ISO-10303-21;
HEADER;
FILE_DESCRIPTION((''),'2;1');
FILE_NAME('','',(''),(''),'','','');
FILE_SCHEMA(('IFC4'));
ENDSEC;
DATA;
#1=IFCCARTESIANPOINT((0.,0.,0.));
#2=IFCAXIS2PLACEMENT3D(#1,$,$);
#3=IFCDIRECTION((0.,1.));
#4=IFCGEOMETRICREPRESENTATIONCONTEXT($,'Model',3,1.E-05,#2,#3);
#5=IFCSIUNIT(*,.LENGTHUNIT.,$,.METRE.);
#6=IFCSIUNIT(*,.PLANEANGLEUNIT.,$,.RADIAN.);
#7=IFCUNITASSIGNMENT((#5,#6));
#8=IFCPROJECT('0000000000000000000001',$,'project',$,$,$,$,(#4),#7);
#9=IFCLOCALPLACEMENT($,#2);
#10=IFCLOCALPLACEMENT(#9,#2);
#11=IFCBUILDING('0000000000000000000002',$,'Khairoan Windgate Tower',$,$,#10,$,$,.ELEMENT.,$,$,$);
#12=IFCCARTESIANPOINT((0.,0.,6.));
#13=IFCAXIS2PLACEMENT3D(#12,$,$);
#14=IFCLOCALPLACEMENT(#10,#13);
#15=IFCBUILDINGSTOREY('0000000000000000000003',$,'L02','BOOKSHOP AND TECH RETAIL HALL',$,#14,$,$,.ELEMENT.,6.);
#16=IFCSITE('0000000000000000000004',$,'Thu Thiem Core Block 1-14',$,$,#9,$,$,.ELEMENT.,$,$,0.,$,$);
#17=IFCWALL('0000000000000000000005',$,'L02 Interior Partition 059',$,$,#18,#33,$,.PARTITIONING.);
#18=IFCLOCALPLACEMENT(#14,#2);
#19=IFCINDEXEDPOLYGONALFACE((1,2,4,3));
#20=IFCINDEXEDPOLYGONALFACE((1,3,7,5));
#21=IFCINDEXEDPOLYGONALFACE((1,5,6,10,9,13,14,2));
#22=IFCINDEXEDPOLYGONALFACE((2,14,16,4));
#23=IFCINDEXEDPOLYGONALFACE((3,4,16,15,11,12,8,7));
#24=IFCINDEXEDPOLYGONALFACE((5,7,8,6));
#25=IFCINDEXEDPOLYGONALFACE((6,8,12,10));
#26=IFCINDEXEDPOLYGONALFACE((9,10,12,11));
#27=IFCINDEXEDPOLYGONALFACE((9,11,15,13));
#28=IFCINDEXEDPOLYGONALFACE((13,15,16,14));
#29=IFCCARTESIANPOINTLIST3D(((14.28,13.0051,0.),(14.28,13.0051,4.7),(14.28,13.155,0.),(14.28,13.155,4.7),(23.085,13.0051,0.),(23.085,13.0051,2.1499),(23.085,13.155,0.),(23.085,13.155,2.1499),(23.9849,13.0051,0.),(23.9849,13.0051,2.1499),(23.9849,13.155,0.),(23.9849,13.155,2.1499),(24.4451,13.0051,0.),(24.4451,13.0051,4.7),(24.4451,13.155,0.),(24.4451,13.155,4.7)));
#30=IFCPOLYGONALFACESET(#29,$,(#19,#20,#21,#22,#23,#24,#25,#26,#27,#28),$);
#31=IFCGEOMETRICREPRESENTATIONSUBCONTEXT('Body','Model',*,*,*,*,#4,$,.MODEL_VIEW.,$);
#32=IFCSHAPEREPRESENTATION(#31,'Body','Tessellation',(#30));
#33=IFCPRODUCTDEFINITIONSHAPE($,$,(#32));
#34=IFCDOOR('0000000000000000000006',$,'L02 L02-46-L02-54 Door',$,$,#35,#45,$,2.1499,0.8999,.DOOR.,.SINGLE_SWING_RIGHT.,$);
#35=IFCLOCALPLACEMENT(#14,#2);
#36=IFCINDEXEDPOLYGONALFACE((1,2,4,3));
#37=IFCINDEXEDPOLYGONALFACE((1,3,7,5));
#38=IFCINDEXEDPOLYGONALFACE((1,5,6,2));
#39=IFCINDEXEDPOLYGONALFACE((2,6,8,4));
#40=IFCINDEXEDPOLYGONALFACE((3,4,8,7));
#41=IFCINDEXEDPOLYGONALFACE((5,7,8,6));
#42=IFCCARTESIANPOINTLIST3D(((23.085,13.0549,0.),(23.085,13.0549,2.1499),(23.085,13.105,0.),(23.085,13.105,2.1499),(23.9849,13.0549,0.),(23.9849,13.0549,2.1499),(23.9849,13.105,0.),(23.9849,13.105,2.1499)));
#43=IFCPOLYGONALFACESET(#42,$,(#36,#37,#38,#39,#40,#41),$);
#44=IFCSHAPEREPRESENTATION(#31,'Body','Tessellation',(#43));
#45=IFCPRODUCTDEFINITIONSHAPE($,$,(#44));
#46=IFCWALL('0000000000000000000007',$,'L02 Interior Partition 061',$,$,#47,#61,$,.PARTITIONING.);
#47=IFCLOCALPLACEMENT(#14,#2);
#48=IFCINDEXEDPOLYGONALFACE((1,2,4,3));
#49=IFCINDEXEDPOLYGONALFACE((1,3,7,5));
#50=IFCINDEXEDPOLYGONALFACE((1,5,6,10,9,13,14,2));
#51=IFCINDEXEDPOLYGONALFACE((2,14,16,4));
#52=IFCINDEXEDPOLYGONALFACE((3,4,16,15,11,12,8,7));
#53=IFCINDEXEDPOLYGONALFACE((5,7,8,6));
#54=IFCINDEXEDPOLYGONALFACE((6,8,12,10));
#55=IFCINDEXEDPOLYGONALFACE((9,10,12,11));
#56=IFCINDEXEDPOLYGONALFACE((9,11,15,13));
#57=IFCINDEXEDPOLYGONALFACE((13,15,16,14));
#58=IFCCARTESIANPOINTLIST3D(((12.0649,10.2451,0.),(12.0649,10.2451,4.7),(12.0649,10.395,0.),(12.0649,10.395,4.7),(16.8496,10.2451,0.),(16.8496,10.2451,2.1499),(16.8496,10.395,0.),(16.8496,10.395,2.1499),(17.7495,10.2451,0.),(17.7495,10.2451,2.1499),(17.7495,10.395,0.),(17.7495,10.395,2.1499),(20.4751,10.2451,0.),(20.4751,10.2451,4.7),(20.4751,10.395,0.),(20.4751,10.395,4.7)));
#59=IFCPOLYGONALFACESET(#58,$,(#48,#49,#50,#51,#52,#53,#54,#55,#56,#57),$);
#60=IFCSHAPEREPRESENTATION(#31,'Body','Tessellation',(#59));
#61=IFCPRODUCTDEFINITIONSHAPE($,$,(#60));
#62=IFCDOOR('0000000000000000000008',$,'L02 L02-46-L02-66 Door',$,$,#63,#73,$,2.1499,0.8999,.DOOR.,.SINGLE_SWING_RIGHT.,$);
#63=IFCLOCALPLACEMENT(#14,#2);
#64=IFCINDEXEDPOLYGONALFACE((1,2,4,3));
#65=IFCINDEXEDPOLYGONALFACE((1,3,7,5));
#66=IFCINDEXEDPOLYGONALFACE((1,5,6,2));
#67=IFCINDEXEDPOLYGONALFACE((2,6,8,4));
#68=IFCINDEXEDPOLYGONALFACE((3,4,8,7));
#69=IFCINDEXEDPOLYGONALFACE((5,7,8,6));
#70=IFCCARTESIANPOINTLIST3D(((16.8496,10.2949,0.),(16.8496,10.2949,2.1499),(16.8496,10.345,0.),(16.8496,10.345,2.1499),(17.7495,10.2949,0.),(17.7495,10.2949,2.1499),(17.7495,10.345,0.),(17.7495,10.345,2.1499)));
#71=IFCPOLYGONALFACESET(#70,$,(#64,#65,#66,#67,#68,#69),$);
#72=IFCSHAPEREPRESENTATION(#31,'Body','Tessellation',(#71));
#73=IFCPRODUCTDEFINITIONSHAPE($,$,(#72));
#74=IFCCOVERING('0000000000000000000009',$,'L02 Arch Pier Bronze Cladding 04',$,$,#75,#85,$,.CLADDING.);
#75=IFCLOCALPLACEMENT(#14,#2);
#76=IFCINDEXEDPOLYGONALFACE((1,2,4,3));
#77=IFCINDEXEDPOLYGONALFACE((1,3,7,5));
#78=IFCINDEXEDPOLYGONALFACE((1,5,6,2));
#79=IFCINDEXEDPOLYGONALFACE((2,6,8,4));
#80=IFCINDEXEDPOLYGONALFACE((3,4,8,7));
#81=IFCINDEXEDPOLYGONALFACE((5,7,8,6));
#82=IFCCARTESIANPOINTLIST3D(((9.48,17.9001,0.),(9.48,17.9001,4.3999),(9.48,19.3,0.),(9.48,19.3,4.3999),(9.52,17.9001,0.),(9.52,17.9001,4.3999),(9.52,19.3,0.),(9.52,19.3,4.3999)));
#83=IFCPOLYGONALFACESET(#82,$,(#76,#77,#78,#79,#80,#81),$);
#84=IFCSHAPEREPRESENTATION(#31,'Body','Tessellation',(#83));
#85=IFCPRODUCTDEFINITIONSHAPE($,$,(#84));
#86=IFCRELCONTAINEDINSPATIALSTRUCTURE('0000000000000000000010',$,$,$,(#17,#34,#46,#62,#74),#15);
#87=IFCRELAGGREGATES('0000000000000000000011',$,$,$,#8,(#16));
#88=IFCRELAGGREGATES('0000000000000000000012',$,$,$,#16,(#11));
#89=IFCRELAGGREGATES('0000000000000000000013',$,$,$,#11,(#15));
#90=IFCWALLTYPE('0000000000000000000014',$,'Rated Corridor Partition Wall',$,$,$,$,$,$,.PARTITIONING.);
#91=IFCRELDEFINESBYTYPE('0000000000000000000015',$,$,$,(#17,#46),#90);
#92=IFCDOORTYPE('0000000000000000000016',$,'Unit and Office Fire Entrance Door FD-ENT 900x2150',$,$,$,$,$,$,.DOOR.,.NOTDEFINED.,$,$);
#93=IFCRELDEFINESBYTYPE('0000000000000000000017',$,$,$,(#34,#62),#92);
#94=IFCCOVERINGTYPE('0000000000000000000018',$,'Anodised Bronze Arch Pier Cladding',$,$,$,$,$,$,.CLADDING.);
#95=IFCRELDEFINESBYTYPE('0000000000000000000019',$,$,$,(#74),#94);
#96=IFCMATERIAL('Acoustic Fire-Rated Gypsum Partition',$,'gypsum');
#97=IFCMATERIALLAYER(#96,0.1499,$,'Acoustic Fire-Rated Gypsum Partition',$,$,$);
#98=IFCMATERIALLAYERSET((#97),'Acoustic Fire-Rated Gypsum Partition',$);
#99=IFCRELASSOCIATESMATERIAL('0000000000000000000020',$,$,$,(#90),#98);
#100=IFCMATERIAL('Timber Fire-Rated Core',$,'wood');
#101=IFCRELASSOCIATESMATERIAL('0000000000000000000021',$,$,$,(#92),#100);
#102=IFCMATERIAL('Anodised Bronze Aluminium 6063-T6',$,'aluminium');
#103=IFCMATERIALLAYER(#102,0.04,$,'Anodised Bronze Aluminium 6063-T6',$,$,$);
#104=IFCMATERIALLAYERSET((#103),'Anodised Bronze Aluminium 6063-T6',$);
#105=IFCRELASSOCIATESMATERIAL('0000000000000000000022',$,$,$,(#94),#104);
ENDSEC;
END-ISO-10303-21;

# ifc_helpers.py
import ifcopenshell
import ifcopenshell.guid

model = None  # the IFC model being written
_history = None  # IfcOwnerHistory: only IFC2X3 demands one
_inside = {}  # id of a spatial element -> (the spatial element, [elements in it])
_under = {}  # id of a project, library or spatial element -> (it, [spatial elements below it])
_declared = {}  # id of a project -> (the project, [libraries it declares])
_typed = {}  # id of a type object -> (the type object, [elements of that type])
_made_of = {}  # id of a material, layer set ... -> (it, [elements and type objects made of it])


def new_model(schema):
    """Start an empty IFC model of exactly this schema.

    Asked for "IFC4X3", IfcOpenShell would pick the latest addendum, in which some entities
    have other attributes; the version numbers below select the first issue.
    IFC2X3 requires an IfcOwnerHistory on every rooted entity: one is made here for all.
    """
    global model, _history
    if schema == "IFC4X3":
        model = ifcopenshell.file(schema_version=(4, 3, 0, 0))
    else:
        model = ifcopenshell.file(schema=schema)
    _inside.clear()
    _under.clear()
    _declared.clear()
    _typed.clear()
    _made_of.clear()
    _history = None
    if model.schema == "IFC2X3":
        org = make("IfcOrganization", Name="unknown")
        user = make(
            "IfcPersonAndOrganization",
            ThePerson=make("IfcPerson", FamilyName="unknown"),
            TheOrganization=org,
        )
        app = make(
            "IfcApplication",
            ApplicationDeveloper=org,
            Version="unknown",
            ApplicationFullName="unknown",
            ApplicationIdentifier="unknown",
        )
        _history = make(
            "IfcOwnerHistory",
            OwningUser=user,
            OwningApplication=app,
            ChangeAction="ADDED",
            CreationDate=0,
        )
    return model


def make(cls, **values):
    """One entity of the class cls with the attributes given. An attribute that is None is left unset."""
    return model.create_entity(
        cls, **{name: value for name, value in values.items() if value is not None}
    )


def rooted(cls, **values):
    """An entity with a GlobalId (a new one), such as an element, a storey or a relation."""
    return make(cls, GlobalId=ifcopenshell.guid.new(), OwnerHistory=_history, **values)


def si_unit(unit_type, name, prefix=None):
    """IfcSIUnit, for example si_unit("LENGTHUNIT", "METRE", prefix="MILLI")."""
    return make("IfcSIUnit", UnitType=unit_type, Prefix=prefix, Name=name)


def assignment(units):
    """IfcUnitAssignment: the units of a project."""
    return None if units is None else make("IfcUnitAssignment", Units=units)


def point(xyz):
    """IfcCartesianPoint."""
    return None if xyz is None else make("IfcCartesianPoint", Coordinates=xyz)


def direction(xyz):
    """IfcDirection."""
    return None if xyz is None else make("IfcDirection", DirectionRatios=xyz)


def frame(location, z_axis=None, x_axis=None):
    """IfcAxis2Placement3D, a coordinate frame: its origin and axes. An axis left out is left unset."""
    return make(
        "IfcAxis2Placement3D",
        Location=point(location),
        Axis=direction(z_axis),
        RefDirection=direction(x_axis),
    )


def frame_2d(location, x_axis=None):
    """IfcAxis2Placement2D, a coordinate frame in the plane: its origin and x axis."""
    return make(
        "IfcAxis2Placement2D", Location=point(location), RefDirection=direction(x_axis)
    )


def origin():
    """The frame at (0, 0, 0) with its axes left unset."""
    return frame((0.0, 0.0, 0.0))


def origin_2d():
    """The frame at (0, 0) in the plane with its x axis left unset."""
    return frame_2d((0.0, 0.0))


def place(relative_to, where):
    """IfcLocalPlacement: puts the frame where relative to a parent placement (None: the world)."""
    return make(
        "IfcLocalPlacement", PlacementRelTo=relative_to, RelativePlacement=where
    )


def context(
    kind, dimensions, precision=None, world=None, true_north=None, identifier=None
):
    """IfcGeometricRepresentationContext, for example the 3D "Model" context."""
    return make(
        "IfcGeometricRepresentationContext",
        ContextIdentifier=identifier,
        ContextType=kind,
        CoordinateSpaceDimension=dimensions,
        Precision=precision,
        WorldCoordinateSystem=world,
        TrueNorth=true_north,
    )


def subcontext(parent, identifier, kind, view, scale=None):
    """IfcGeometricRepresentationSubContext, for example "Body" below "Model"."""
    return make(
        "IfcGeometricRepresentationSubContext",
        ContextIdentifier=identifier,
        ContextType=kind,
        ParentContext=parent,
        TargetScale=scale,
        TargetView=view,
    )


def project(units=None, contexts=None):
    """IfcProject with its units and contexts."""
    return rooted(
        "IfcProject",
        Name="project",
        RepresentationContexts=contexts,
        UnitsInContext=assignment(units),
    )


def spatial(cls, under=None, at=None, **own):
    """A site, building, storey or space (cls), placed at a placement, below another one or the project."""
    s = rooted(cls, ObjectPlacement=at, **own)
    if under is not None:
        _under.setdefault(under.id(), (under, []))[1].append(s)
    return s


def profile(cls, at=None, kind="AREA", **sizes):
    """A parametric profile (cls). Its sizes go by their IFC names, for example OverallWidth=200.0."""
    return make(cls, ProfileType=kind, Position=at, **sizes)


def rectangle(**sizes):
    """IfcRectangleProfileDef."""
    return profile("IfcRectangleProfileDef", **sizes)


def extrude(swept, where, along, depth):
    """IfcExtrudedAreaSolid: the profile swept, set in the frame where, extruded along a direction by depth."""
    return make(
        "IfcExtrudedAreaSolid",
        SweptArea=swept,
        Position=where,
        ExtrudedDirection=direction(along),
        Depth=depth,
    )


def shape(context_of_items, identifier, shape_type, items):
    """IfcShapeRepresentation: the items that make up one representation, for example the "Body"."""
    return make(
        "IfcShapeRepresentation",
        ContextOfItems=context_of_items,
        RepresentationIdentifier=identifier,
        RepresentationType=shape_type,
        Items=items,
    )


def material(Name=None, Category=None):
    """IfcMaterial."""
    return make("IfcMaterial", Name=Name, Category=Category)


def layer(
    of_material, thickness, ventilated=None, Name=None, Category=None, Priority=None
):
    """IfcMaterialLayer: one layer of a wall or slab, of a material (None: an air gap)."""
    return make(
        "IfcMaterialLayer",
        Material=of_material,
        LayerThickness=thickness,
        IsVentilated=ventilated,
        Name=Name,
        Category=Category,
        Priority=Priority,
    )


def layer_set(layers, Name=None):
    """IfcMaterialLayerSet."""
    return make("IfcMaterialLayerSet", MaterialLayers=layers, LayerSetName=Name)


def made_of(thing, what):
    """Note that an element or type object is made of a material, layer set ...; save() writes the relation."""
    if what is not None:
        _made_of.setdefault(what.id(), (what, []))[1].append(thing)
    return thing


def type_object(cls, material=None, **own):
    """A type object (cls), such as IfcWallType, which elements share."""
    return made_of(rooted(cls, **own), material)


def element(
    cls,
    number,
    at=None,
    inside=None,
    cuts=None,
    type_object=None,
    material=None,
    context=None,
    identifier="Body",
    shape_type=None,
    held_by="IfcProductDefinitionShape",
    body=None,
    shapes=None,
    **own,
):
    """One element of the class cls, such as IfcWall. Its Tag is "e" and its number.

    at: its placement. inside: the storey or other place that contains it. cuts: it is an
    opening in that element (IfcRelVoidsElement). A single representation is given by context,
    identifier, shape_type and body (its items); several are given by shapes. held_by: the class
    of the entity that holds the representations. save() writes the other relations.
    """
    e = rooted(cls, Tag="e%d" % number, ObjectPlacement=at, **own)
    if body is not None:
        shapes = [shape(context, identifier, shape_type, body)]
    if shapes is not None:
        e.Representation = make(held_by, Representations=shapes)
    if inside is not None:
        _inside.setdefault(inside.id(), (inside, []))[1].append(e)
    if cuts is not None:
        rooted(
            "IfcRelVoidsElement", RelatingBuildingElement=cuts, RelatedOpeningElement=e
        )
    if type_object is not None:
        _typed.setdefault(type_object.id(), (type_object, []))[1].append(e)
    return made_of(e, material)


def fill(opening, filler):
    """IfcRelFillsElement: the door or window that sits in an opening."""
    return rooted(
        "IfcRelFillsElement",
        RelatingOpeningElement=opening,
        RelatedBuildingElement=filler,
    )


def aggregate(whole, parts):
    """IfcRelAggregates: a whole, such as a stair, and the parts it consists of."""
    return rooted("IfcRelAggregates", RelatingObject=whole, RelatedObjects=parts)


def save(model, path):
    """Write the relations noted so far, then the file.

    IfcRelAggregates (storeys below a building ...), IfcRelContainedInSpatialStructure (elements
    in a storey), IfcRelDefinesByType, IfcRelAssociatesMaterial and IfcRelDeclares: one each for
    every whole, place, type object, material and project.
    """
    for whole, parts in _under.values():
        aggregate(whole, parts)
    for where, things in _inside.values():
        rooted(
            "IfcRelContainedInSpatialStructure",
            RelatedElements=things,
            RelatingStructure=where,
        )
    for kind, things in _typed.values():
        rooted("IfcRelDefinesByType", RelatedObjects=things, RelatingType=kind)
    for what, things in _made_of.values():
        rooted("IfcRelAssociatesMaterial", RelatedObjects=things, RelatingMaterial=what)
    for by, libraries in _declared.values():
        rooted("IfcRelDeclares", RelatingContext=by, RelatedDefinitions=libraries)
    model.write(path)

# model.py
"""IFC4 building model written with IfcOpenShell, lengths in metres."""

from ifc_helpers import new_model, si_unit, direction, frame, frame_2d, origin, origin_2d, place, context, subcontext, project, spatial, rectangle, extrude, material, layer, layer_set, type_object, element, fill, save


model = new_model("IFC4")

# Units and contexts
model_context = context("Model", 3, precision=1e-05, world=origin(), true_north=direction((0.0, 1.0)))
body_context = subcontext(model_context, "Body", "Model", "MODEL_VIEW")
ifc_project = project(units=[si_unit("LENGTHUNIT", "METRE"), si_unit("PLANEANGLEUNIT", "RADIAN")], contexts=[model_context])

# Site, building, storey
site_placement = place(None, origin())
site = spatial("IfcSite", under=ifc_project, at=site_placement, Name="Thu Thiem Core Block 1-14", CompositionType="ELEMENT", RefElevation=0.0)
building_placement = place(site_placement, origin())
building = spatial("IfcBuilding", under=site, at=building_placement, Name="Khairoan Windgate Tower", CompositionType="ELEMENT")
storey_placement = place(building_placement, frame((0.0, 0.0, 6.0)))
storey = spatial("IfcBuildingStorey", under=building, at=storey_placement, Name="L02", Description="BOOKSHOP AND TECH RETAIL HALL", CompositionType="ELEMENT", Elevation=6.0)

# Walls, openings, doors
ifc_material_1 = material(Name="Acoustic Fire-Rated Gypsum Partition", Category="gypsum")
ifc_layer_1 = layer(ifc_material_1, 0.1499, Name="Acoustic Fire-Rated Gypsum Partition")
ifc_layer_set_1 = layer_set([ifc_layer_1], Name="Acoustic Fire-Rated Gypsum Partition")
wall_type_1 = type_object("IfcWallType", Name="Rated Corridor Partition Wall", PredefinedType="PARTITIONING", material=ifc_layer_set_1)
ifc_material_2 = material(Name="Timber Fire-Rated Core", Category="wood")
door_type = type_object("IfcDoorType", Name="Unit and Office Fire Entrance Door FD-ENT 900x2150", OperationType="NOTDEFINED", PredefinedType="DOOR", material=ifc_material_2)
wall_1_placement = place(storey_placement, frame((14.28, 13.0801, 0.0), z_axis=(0.0, 0.0, 1.0), x_axis=(1.0, 0.0, 0.0)))
wall_1 = element("IfcWall", 1, at=wall_1_placement, inside=storey, type_object=wall_type_1, Name="L02 Interior Partition 059", PredefinedType="PARTITIONING", context=body_context, shape_type="SweptSolid", body=[
    extrude(rectangle(XDim=10.165, YDim=0.1499, at=frame_2d((5.0825, 0.0))), origin(), (0.0, 0.0, 1.0), 4.7),
])
opening_1_placement = place(wall_1_placement, frame((8.8049, 0.0, 0.0)))
opening_1 = element("IfcOpeningElement", 2, at=opening_1_placement, cuts=wall_1, PredefinedType="OPENING", context=body_context, shape_type="SweptSolid", body=[
    extrude(rectangle(XDim=0.8999, YDim=2.1499, at=frame_2d((0.45, 1.075))), frame((0.0, 0.085, 0.0), z_axis=(0.0, -1.0, 0.0), x_axis=(1.0, 0.0, 0.0)), (0.0, 0.0, 1.0), 0.1699),
])
door_1_placement = place(opening_1_placement, origin())
door_1 = element("IfcDoor", 3, at=door_1_placement, inside=storey, type_object=door_type, Name="L02 L02-46-L02-54 Door", OperationType="SINGLE_SWING_RIGHT", OverallHeight=2.1499, OverallWidth=0.8999, PredefinedType="DOOR", context=body_context, shape_type="SweptSolid", body=[
    extrude(rectangle(XDim=0.8999, YDim=2.1499, at=frame_2d((0.45, 1.075))), frame((0.0, 0.0249, 0.0), z_axis=(0.0, -1.0, 0.0), x_axis=(1.0, 0.0, 0.0)), (0.0, 0.0, 1.0), 0.05),
])
fill(opening_1, door_1)
wall_2_placement = place(storey_placement, frame((12.0649, 10.3201, 0.0), z_axis=(0.0, 0.0, 1.0), x_axis=(1.0, 0.0, 0.0)))
wall_2 = element("IfcWall", 4, at=wall_2_placement, inside=storey, type_object=wall_type_1, Name="L02 Interior Partition 061", PredefinedType="PARTITIONING", context=body_context, shape_type="SweptSolid", body=[
    extrude(rectangle(XDim=8.4102, YDim=0.1499, at=frame_2d((4.2051, 0.0))), origin(), (0.0, 0.0, 1.0), 4.7),
])
opening_2_placement = place(wall_2_placement, frame((4.7847, 0.0, 0.0)))
opening_2 = element("IfcOpeningElement", 5, at=opening_2_placement, cuts=wall_2, PredefinedType="OPENING", context=body_context, shape_type="SweptSolid", body=[
    extrude(rectangle(XDim=0.8999, YDim=2.1499, at=frame_2d((0.45, 1.075))), frame((0.0, 0.085, 0.0), z_axis=(0.0, -1.0, 0.0), x_axis=(1.0, 0.0, 0.0)), (0.0, 0.0, 1.0), 0.1699),
])
door_2_placement = place(opening_2_placement, origin())
door_2 = element("IfcDoor", 6, at=door_2_placement, inside=storey, type_object=door_type, Name="L02 L02-46-L02-66 Door", OperationType="SINGLE_SWING_RIGHT", OverallHeight=2.1499, OverallWidth=0.8999, PredefinedType="DOOR", context=body_context, shape_type="SweptSolid", body=[
    extrude(rectangle(XDim=0.8999, YDim=2.1499, at=frame_2d((0.45, 1.075))), frame((0.0, 0.0249, 0.0), z_axis=(0.0, -1.0, 0.0), x_axis=(1.0, 0.0, 0.0)), (0.0, 0.0, 1.0), 0.05),
])
fill(opening_2, door_2)

# Covering
ifc_material_3 = material(Name="Anodised Bronze Aluminium 6063-T6", Category="aluminium")
ifc_layer_2 = layer(ifc_material_3, 0.04, Name="Anodised Bronze Aluminium 6063-T6")
ifc_layer_set_2 = layer_set([ifc_layer_2], Name="Anodised Bronze Aluminium 6063-T6")
covering_type = type_object("IfcCoveringType", Name="Anodised Bronze Arch Pier Cladding", PredefinedType="CLADDING", material=ifc_layer_set_2)
covering_placement = place(storey_placement, frame((9.5, 18.6001, 0.0), z_axis=(0.0, 0.0, 1.0), x_axis=(1.0, 0.0, 0.0)))
element("IfcCovering", 7, at=covering_placement, inside=storey, type_object=covering_type, Name="L02 Arch Pier Bronze Cladding 04", PredefinedType="CLADDING", context=body_context, shape_type="SweptSolid", body=[
    extrude(rectangle(XDim=0.04, YDim=1.3999, at=origin_2d()), origin(), (0.0, 0.0, 1.0), 4.3999),
])

save(model, "model.ifc")
